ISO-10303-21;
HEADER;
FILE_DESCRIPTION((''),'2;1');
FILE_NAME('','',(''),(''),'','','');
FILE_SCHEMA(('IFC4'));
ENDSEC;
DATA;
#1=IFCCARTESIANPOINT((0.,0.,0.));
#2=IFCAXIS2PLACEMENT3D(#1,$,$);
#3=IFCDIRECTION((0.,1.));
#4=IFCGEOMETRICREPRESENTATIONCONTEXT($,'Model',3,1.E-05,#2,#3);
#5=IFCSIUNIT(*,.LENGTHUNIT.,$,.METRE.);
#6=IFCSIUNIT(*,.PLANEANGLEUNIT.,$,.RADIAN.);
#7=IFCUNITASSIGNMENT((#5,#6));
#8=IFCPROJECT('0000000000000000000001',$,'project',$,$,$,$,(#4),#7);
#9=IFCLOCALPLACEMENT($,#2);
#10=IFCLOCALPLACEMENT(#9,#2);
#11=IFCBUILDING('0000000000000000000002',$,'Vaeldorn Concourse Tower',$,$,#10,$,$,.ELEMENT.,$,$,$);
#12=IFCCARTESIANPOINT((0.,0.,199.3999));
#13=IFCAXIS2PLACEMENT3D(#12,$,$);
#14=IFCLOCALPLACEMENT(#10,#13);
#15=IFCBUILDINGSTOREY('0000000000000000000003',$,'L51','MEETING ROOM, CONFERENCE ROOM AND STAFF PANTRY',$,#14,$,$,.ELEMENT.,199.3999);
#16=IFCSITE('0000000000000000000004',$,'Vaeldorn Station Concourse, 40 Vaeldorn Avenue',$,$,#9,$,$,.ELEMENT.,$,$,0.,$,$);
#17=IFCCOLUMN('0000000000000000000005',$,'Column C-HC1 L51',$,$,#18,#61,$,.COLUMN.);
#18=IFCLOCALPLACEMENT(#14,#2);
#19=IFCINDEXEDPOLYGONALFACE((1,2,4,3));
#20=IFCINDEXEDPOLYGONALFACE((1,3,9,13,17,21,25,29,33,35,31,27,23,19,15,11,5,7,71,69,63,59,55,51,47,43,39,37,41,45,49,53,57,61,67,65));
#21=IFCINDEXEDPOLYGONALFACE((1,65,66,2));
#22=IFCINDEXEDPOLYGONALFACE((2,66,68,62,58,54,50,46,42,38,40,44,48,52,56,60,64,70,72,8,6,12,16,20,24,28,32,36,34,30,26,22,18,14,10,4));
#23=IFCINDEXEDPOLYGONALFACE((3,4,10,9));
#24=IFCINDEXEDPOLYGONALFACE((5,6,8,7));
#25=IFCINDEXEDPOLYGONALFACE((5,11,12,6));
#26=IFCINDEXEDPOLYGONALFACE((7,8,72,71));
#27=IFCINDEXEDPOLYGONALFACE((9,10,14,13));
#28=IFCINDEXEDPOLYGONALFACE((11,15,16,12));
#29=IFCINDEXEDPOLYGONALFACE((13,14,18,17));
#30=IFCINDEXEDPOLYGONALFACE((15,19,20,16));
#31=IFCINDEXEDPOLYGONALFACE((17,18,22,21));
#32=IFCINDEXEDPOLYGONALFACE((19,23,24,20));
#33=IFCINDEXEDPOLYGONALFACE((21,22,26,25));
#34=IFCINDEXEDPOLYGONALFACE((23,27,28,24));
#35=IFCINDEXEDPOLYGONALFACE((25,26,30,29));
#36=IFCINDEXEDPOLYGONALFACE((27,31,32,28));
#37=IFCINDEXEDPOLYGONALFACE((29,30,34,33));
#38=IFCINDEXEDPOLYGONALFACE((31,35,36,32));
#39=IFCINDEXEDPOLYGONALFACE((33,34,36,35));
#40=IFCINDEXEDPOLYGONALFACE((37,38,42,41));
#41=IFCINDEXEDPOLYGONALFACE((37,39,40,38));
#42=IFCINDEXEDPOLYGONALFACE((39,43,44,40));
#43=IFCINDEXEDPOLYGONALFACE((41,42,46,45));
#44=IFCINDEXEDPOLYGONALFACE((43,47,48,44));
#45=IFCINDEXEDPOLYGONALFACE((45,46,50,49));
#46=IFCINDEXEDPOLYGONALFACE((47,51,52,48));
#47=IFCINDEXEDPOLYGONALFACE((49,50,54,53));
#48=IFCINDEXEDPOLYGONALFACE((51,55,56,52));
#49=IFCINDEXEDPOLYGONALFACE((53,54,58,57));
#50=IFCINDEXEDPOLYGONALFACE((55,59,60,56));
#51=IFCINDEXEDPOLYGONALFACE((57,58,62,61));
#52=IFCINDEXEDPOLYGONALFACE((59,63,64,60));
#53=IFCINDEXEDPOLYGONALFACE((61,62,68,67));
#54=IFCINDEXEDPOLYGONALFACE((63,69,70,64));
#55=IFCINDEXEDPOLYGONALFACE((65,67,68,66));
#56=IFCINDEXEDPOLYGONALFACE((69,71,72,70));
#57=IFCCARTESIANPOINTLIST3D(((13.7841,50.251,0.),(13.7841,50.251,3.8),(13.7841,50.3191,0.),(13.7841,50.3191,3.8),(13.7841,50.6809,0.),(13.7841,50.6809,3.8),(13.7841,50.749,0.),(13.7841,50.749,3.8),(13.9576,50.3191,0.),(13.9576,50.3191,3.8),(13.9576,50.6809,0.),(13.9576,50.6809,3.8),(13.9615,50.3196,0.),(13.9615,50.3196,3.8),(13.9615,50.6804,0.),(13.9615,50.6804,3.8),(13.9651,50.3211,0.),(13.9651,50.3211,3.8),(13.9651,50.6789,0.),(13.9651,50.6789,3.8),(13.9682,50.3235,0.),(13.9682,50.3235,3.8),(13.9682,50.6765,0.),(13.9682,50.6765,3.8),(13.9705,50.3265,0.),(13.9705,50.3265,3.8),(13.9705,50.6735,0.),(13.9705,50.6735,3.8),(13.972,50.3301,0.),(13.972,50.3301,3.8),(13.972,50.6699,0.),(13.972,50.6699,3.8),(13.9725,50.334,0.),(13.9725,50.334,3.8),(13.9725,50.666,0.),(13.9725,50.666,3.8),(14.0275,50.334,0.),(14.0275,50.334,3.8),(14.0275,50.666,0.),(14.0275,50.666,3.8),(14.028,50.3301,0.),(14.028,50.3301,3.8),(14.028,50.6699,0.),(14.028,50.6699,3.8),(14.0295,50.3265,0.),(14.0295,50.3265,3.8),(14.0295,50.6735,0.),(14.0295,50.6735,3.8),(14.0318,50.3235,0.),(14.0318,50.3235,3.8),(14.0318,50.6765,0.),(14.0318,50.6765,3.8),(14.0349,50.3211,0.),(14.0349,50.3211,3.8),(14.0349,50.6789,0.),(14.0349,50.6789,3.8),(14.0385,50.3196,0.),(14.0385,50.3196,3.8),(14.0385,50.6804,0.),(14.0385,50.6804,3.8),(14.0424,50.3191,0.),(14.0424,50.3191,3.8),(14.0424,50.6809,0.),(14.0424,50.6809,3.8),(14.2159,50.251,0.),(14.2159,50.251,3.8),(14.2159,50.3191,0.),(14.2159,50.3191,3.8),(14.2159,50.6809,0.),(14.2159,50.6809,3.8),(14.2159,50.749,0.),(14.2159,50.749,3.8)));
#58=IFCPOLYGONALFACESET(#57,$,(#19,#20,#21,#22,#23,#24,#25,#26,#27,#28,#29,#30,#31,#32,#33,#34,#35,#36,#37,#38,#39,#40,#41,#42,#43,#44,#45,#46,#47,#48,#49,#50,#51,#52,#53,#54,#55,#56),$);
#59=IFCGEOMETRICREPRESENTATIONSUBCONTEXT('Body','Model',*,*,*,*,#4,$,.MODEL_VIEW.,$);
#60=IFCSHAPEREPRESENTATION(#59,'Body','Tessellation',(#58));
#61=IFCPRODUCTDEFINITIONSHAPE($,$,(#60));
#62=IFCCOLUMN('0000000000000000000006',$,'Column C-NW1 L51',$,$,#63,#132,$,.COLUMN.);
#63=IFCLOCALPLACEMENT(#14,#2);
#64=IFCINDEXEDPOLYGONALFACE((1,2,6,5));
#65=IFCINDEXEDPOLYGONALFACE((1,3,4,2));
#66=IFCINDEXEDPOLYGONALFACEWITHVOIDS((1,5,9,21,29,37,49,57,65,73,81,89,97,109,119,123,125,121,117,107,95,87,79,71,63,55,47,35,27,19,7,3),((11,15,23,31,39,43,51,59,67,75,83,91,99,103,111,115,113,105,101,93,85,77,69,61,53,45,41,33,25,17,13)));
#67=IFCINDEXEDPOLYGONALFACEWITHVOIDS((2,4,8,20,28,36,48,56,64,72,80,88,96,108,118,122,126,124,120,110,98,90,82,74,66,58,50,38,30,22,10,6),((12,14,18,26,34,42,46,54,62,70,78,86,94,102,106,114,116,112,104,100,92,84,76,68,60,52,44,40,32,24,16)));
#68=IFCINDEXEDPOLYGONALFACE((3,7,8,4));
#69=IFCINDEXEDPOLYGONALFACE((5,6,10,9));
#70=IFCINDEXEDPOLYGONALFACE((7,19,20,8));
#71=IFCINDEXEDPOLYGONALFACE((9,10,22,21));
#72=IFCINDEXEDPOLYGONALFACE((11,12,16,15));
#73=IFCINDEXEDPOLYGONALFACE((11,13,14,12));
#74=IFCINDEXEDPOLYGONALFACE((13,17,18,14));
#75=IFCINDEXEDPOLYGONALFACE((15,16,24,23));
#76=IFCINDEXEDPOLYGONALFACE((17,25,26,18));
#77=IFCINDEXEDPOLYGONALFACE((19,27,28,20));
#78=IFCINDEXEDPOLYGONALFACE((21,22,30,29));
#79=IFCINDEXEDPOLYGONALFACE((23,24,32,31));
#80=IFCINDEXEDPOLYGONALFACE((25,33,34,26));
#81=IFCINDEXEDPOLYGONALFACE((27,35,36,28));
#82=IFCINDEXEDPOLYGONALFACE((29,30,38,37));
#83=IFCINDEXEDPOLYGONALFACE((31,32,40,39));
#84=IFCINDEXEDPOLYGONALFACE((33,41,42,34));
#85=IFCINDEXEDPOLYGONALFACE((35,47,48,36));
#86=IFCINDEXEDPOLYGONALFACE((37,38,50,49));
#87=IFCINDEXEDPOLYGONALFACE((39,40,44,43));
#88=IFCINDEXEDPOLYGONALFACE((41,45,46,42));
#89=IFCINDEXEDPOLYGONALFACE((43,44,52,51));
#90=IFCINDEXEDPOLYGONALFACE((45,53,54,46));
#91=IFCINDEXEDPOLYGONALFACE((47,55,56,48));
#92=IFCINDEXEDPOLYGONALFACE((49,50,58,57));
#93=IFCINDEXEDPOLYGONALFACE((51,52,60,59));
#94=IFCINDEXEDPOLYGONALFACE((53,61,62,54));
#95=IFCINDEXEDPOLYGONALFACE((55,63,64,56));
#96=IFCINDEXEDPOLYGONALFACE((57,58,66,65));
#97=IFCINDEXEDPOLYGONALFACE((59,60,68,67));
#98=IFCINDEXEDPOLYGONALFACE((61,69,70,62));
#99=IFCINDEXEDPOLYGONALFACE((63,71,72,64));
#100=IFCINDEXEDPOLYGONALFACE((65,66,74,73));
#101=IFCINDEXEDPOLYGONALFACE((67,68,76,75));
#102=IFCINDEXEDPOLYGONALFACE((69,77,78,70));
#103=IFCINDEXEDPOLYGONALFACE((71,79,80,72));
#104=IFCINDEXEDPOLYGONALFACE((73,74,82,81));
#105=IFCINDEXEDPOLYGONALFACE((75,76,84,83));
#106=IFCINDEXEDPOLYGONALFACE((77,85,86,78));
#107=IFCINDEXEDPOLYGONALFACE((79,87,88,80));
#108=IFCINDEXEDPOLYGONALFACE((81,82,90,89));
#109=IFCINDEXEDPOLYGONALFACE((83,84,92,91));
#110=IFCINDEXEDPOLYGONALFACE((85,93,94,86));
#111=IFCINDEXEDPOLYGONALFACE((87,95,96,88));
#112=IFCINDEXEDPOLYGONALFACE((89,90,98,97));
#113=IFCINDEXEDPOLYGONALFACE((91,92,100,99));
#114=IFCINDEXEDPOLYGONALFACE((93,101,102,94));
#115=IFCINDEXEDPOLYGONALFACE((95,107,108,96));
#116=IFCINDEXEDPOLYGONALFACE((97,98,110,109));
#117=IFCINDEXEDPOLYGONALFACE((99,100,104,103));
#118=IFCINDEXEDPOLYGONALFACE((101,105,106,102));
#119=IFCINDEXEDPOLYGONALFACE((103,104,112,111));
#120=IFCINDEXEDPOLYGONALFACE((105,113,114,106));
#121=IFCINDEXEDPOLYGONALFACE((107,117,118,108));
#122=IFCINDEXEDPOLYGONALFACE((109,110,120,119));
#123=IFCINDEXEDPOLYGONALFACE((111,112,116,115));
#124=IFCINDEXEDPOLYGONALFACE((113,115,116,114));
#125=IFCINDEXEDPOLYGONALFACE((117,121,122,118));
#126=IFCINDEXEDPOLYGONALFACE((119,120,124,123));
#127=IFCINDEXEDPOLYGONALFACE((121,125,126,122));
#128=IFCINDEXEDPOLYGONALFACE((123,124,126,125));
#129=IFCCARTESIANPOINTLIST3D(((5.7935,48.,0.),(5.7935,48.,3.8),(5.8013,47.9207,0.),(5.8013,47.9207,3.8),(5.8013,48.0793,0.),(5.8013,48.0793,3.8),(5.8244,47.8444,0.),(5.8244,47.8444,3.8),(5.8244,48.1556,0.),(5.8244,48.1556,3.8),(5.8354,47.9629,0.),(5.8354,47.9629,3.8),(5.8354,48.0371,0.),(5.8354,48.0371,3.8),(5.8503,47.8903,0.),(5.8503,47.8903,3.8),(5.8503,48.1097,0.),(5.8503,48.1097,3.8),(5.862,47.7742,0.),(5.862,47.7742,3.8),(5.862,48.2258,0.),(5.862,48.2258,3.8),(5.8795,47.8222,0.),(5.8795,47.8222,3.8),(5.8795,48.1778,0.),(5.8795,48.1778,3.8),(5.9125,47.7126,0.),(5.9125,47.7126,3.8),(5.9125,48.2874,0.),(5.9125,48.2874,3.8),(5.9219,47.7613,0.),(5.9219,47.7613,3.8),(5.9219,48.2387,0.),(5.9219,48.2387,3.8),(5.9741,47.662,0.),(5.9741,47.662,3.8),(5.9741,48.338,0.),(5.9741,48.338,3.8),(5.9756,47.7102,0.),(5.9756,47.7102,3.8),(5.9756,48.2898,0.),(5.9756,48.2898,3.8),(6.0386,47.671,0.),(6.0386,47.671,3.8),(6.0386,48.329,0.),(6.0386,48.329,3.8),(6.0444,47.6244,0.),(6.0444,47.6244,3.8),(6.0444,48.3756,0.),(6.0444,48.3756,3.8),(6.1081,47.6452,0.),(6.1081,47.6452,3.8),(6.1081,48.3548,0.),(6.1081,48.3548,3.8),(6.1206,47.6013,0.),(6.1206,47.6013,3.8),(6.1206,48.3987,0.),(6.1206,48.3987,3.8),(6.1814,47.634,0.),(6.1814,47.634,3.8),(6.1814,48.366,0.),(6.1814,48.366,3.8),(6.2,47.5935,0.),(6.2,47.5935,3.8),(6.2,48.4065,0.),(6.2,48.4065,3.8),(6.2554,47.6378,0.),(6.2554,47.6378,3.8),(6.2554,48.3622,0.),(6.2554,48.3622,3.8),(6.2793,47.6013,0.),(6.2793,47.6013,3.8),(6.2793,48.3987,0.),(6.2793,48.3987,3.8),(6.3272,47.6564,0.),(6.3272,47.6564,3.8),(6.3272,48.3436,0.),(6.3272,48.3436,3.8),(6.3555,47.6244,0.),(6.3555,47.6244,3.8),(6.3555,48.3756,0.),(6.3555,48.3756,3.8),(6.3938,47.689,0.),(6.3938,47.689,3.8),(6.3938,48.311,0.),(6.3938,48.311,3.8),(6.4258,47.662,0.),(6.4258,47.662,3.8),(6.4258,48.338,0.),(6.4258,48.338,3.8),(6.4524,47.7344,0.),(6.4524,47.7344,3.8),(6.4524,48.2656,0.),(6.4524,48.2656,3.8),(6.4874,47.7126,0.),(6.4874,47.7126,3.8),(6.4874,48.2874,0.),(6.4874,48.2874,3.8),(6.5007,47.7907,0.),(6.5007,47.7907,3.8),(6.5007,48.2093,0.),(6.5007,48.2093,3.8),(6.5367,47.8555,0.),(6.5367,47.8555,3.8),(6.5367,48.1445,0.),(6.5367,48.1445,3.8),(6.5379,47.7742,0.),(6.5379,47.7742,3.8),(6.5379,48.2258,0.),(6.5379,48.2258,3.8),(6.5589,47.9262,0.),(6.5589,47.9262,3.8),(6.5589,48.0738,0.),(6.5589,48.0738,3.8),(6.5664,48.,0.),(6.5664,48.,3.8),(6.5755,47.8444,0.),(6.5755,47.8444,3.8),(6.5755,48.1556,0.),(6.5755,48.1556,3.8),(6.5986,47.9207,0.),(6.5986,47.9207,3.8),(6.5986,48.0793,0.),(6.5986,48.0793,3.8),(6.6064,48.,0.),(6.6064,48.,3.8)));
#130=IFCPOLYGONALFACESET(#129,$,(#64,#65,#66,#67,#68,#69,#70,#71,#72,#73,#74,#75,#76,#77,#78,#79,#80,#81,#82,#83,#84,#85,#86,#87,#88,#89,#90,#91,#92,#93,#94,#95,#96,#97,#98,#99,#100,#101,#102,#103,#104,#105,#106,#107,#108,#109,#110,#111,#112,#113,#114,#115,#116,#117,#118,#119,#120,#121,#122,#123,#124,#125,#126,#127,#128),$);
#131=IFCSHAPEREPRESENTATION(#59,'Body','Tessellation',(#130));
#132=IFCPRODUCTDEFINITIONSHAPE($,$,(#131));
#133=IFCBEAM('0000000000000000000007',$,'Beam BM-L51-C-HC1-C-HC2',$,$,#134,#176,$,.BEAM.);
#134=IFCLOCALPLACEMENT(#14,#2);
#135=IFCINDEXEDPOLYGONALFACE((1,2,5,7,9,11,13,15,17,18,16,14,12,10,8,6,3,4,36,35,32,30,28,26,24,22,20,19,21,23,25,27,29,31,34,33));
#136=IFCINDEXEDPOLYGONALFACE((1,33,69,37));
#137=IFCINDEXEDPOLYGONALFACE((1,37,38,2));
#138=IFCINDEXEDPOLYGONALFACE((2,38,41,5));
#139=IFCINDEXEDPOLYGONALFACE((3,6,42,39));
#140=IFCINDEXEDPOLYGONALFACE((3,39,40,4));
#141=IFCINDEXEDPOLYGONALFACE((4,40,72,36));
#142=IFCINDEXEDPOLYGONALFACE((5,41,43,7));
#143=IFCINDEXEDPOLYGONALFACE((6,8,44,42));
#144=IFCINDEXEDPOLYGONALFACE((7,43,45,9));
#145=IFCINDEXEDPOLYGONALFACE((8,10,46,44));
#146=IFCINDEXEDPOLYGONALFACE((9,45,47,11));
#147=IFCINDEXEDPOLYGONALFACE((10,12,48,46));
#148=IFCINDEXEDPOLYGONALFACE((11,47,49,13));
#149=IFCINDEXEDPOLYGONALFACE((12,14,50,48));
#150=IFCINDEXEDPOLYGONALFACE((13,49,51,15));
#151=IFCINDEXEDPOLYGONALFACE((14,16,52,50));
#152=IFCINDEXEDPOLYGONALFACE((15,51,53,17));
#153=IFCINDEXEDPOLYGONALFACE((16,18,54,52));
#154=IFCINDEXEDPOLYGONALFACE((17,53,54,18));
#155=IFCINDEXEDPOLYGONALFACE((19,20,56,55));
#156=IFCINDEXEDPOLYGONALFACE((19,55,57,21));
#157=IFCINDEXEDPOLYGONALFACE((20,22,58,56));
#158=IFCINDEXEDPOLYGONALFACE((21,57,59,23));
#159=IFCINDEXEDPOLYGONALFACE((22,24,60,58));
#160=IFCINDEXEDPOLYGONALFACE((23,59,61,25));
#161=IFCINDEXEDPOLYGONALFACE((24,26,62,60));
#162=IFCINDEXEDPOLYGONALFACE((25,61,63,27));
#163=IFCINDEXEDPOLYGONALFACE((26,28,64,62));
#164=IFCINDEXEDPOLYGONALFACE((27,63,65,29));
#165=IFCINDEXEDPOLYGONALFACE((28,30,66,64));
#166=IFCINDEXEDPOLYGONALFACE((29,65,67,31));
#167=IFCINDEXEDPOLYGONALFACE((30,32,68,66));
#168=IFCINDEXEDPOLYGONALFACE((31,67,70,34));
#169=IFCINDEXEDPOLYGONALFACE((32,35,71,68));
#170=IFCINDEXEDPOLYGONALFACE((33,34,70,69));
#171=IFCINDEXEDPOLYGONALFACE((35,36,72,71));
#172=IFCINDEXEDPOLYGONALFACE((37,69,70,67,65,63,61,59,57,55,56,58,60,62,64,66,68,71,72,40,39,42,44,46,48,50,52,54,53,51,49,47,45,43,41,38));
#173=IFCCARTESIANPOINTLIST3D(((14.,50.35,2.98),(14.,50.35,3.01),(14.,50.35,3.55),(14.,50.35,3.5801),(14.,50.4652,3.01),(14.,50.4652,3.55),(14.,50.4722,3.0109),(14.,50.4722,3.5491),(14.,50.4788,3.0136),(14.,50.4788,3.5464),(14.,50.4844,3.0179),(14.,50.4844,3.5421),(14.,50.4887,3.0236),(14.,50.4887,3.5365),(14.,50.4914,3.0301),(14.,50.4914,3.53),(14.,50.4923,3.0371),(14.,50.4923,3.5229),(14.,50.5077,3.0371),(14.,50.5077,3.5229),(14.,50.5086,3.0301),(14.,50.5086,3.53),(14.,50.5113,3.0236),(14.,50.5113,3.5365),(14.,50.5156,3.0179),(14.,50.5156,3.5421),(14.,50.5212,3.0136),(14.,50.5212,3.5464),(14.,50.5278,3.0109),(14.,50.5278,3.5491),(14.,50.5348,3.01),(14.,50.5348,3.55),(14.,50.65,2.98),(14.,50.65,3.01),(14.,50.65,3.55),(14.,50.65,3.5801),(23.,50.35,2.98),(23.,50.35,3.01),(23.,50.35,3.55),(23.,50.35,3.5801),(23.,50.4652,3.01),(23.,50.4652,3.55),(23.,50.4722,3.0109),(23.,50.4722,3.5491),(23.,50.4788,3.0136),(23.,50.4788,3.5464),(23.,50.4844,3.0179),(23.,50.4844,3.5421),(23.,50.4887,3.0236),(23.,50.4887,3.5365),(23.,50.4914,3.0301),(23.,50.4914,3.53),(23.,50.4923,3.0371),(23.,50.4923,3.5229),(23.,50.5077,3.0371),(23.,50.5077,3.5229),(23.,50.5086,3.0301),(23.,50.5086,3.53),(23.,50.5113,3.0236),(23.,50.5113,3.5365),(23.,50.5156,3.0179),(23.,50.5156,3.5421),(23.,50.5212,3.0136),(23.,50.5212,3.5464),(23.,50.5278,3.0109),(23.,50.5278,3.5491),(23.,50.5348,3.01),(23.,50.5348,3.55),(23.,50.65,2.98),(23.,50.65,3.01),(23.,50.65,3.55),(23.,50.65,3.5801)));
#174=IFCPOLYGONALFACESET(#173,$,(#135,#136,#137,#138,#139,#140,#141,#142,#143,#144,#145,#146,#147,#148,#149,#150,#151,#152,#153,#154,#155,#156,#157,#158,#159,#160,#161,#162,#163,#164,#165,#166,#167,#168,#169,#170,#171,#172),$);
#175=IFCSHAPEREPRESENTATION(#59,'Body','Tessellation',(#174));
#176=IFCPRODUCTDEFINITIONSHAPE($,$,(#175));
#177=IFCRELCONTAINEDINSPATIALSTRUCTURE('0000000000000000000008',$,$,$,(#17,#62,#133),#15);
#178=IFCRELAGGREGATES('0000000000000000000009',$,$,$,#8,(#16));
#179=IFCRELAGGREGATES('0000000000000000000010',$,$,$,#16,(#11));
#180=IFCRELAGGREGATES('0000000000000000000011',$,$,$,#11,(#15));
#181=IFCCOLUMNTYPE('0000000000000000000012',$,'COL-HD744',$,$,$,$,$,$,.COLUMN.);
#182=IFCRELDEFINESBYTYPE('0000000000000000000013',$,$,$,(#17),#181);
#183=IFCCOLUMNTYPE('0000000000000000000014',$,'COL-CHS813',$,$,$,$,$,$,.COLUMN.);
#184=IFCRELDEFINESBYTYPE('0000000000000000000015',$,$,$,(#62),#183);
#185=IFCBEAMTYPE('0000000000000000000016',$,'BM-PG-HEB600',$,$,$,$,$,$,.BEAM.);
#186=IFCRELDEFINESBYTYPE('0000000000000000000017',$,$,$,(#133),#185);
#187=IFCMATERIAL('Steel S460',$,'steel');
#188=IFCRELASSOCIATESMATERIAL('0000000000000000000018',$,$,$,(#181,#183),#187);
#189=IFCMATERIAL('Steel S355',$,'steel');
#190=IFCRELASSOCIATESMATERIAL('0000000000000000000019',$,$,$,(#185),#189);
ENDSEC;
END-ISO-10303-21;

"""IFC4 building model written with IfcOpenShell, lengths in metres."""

from ifc_helpers import new_model, si_unit, direction, frame, origin, origin_2d, place, context, subcontext, project, spatial, hollow_circle, i_section, extrude, source, transform, mapped, material, material_profile, profile_set, type_object, element, save


model = new_model("IFC4")

# Units and contexts
model_context = context("Model", 3, precision=1e-05, world=origin(), true_north=direction((0.0, 1.0)))
body_context = subcontext(model_context, "Body", "Model", "MODEL_VIEW")
ifc_project = project(units=[si_unit("LENGTHUNIT", "METRE"), si_unit("PLANEANGLEUNIT", "RADIAN")], contexts=[model_context])

# Site, building, storey
site_placement = place(None, origin())
site = spatial("IfcSite", under=ifc_project, at=site_placement, Name="Vaeldorn Station Concourse, 40 Vaeldorn Avenue", CompositionType="ELEMENT", RefElevation=0.0)
building_placement = place(site_placement, origin())
building = spatial("IfcBuilding", under=site, at=building_placement, Name="Vaeldorn Concourse Tower", CompositionType="ELEMENT")
storey_placement = place(building_placement, frame((0.0, 0.0, 199.3999)))
storey = spatial("IfcBuildingStorey", under=building, at=storey_placement, Name="L51", Description="MEETING ROOM, CONFERENCE ROOM AND STAFF PANTRY", CompositionType="ELEMENT", Elevation=199.3999)

# Columns
ifc_material_1 = material(Name="Steel S460", Category="steel")
ifc_material_profile_1 = material_profile(ifc_material_1, i_section(OverallWidth=0.4319, OverallDepth=0.498, WebThickness=0.0549, FlangeThickness=0.0681, FilletRadius=0.0149, at=origin_2d()), Name="HD 400x744")
ifc_profile_set_1 = profile_set([ifc_material_profile_1], Name="Steel S460")
column_type_1 = type_object("IfcColumnType", Name="COL-HD744", PredefinedType="COLUMN", material=ifc_profile_set_1)
shared_shape_1 = source(origin(), body_context, "Body", "SweptSolid", [
    extrude(i_section(OverallWidth=0.4319, OverallDepth=0.498, WebThickness=0.0549, FlangeThickness=0.0681, FilletRadius=0.0149, at=origin_2d()), origin(), (0.0, 0.0, 1.0), 3.8),
])
column_1_placement = place(storey_placement, frame((14.0, 50.5, 0.0), z_axis=(0.0, 0.0, 1.0), x_axis=(1.0, 0.0, 0.0)))
element("IfcColumn", 1, at=column_1_placement, inside=storey, type_object=column_type_1, Name="Column C-HC1 L51", PredefinedType="COLUMN", context=body_context, shape_type="MappedRepresentation", body=[
    mapped(shared_shape_1, transform((0.0, 0.0, 0.0), scale=1.0)),
])
ifc_material_profile_2 = material_profile(ifc_material_1, hollow_circle(Radius=0.4065, WallThickness=0.04, at=origin_2d()), Name="CHS 813x40")
ifc_profile_set_2 = profile_set([ifc_material_profile_2], Name="Steel S460")
column_type_2 = type_object("IfcColumnType", Name="COL-CHS813", PredefinedType="COLUMN", material=ifc_profile_set_2)
shared_shape_2 = source(origin(), body_context, "Body", "SweptSolid", [
    extrude(hollow_circle(Radius=0.4065, WallThickness=0.04, at=origin_2d()), origin(), (0.0, 0.0, 1.0), 3.8),
])
column_2_placement = place(storey_placement, frame((6.2, 48.0, 0.0), z_axis=(0.0, 0.0, 1.0), x_axis=(1.0, 0.0, 0.0)))
element("IfcColumn", 2, at=column_2_placement, inside=storey, type_object=column_type_2, Name="Column C-NW1 L51", PredefinedType="COLUMN", context=body_context, shape_type="MappedRepresentation", body=[
    mapped(shared_shape_2, transform((0.0, 0.0, 0.0), scale=1.0)),
])

# Beam
ifc_material_2 = material(Name="Steel S355", Category="steel")
ifc_material_profile_3 = material_profile(ifc_material_2, i_section(OverallWidth=0.3, OverallDepth=0.6001, WebThickness=0.0154, FlangeThickness=0.03, FilletRadius=0.0271, at=origin_2d()), Name="HEB 600")
ifc_profile_set_3 = profile_set([ifc_material_profile_3], Name="Steel S355")
beam_type_1 = type_object("IfcBeamType", Name="BM-PG-HEB600", PredefinedType="BEAM", material=ifc_profile_set_3)
shared_shape_3 = source(origin(), body_context, "Body", "SweptSolid", [
    extrude(i_section(OverallWidth=0.3, OverallDepth=0.6001, WebThickness=0.0154, FlangeThickness=0.03, FilletRadius=0.0271, at=origin_2d()), origin(), (0.0, 0.0, 1.0), 9.0),
])
beam_1_placement = place(storey_placement, frame((14.0, 50.5, 3.28), z_axis=(1.0, 0.0, 0.0), x_axis=(0.0, 1.0, 0.0)))
element("IfcBeam", 3, at=beam_1_placement, inside=storey, type_object=beam_type_1, Name="Beam BM-L51-C-HC1-C-HC2", PredefinedType="BEAM", context=body_context, shape_type="MappedRepresentation", body=[
    mapped(shared_shape_3, transform((0.0, 0.0, 0.0), scale=1.0)),
])

save(model, "model.ifc")
